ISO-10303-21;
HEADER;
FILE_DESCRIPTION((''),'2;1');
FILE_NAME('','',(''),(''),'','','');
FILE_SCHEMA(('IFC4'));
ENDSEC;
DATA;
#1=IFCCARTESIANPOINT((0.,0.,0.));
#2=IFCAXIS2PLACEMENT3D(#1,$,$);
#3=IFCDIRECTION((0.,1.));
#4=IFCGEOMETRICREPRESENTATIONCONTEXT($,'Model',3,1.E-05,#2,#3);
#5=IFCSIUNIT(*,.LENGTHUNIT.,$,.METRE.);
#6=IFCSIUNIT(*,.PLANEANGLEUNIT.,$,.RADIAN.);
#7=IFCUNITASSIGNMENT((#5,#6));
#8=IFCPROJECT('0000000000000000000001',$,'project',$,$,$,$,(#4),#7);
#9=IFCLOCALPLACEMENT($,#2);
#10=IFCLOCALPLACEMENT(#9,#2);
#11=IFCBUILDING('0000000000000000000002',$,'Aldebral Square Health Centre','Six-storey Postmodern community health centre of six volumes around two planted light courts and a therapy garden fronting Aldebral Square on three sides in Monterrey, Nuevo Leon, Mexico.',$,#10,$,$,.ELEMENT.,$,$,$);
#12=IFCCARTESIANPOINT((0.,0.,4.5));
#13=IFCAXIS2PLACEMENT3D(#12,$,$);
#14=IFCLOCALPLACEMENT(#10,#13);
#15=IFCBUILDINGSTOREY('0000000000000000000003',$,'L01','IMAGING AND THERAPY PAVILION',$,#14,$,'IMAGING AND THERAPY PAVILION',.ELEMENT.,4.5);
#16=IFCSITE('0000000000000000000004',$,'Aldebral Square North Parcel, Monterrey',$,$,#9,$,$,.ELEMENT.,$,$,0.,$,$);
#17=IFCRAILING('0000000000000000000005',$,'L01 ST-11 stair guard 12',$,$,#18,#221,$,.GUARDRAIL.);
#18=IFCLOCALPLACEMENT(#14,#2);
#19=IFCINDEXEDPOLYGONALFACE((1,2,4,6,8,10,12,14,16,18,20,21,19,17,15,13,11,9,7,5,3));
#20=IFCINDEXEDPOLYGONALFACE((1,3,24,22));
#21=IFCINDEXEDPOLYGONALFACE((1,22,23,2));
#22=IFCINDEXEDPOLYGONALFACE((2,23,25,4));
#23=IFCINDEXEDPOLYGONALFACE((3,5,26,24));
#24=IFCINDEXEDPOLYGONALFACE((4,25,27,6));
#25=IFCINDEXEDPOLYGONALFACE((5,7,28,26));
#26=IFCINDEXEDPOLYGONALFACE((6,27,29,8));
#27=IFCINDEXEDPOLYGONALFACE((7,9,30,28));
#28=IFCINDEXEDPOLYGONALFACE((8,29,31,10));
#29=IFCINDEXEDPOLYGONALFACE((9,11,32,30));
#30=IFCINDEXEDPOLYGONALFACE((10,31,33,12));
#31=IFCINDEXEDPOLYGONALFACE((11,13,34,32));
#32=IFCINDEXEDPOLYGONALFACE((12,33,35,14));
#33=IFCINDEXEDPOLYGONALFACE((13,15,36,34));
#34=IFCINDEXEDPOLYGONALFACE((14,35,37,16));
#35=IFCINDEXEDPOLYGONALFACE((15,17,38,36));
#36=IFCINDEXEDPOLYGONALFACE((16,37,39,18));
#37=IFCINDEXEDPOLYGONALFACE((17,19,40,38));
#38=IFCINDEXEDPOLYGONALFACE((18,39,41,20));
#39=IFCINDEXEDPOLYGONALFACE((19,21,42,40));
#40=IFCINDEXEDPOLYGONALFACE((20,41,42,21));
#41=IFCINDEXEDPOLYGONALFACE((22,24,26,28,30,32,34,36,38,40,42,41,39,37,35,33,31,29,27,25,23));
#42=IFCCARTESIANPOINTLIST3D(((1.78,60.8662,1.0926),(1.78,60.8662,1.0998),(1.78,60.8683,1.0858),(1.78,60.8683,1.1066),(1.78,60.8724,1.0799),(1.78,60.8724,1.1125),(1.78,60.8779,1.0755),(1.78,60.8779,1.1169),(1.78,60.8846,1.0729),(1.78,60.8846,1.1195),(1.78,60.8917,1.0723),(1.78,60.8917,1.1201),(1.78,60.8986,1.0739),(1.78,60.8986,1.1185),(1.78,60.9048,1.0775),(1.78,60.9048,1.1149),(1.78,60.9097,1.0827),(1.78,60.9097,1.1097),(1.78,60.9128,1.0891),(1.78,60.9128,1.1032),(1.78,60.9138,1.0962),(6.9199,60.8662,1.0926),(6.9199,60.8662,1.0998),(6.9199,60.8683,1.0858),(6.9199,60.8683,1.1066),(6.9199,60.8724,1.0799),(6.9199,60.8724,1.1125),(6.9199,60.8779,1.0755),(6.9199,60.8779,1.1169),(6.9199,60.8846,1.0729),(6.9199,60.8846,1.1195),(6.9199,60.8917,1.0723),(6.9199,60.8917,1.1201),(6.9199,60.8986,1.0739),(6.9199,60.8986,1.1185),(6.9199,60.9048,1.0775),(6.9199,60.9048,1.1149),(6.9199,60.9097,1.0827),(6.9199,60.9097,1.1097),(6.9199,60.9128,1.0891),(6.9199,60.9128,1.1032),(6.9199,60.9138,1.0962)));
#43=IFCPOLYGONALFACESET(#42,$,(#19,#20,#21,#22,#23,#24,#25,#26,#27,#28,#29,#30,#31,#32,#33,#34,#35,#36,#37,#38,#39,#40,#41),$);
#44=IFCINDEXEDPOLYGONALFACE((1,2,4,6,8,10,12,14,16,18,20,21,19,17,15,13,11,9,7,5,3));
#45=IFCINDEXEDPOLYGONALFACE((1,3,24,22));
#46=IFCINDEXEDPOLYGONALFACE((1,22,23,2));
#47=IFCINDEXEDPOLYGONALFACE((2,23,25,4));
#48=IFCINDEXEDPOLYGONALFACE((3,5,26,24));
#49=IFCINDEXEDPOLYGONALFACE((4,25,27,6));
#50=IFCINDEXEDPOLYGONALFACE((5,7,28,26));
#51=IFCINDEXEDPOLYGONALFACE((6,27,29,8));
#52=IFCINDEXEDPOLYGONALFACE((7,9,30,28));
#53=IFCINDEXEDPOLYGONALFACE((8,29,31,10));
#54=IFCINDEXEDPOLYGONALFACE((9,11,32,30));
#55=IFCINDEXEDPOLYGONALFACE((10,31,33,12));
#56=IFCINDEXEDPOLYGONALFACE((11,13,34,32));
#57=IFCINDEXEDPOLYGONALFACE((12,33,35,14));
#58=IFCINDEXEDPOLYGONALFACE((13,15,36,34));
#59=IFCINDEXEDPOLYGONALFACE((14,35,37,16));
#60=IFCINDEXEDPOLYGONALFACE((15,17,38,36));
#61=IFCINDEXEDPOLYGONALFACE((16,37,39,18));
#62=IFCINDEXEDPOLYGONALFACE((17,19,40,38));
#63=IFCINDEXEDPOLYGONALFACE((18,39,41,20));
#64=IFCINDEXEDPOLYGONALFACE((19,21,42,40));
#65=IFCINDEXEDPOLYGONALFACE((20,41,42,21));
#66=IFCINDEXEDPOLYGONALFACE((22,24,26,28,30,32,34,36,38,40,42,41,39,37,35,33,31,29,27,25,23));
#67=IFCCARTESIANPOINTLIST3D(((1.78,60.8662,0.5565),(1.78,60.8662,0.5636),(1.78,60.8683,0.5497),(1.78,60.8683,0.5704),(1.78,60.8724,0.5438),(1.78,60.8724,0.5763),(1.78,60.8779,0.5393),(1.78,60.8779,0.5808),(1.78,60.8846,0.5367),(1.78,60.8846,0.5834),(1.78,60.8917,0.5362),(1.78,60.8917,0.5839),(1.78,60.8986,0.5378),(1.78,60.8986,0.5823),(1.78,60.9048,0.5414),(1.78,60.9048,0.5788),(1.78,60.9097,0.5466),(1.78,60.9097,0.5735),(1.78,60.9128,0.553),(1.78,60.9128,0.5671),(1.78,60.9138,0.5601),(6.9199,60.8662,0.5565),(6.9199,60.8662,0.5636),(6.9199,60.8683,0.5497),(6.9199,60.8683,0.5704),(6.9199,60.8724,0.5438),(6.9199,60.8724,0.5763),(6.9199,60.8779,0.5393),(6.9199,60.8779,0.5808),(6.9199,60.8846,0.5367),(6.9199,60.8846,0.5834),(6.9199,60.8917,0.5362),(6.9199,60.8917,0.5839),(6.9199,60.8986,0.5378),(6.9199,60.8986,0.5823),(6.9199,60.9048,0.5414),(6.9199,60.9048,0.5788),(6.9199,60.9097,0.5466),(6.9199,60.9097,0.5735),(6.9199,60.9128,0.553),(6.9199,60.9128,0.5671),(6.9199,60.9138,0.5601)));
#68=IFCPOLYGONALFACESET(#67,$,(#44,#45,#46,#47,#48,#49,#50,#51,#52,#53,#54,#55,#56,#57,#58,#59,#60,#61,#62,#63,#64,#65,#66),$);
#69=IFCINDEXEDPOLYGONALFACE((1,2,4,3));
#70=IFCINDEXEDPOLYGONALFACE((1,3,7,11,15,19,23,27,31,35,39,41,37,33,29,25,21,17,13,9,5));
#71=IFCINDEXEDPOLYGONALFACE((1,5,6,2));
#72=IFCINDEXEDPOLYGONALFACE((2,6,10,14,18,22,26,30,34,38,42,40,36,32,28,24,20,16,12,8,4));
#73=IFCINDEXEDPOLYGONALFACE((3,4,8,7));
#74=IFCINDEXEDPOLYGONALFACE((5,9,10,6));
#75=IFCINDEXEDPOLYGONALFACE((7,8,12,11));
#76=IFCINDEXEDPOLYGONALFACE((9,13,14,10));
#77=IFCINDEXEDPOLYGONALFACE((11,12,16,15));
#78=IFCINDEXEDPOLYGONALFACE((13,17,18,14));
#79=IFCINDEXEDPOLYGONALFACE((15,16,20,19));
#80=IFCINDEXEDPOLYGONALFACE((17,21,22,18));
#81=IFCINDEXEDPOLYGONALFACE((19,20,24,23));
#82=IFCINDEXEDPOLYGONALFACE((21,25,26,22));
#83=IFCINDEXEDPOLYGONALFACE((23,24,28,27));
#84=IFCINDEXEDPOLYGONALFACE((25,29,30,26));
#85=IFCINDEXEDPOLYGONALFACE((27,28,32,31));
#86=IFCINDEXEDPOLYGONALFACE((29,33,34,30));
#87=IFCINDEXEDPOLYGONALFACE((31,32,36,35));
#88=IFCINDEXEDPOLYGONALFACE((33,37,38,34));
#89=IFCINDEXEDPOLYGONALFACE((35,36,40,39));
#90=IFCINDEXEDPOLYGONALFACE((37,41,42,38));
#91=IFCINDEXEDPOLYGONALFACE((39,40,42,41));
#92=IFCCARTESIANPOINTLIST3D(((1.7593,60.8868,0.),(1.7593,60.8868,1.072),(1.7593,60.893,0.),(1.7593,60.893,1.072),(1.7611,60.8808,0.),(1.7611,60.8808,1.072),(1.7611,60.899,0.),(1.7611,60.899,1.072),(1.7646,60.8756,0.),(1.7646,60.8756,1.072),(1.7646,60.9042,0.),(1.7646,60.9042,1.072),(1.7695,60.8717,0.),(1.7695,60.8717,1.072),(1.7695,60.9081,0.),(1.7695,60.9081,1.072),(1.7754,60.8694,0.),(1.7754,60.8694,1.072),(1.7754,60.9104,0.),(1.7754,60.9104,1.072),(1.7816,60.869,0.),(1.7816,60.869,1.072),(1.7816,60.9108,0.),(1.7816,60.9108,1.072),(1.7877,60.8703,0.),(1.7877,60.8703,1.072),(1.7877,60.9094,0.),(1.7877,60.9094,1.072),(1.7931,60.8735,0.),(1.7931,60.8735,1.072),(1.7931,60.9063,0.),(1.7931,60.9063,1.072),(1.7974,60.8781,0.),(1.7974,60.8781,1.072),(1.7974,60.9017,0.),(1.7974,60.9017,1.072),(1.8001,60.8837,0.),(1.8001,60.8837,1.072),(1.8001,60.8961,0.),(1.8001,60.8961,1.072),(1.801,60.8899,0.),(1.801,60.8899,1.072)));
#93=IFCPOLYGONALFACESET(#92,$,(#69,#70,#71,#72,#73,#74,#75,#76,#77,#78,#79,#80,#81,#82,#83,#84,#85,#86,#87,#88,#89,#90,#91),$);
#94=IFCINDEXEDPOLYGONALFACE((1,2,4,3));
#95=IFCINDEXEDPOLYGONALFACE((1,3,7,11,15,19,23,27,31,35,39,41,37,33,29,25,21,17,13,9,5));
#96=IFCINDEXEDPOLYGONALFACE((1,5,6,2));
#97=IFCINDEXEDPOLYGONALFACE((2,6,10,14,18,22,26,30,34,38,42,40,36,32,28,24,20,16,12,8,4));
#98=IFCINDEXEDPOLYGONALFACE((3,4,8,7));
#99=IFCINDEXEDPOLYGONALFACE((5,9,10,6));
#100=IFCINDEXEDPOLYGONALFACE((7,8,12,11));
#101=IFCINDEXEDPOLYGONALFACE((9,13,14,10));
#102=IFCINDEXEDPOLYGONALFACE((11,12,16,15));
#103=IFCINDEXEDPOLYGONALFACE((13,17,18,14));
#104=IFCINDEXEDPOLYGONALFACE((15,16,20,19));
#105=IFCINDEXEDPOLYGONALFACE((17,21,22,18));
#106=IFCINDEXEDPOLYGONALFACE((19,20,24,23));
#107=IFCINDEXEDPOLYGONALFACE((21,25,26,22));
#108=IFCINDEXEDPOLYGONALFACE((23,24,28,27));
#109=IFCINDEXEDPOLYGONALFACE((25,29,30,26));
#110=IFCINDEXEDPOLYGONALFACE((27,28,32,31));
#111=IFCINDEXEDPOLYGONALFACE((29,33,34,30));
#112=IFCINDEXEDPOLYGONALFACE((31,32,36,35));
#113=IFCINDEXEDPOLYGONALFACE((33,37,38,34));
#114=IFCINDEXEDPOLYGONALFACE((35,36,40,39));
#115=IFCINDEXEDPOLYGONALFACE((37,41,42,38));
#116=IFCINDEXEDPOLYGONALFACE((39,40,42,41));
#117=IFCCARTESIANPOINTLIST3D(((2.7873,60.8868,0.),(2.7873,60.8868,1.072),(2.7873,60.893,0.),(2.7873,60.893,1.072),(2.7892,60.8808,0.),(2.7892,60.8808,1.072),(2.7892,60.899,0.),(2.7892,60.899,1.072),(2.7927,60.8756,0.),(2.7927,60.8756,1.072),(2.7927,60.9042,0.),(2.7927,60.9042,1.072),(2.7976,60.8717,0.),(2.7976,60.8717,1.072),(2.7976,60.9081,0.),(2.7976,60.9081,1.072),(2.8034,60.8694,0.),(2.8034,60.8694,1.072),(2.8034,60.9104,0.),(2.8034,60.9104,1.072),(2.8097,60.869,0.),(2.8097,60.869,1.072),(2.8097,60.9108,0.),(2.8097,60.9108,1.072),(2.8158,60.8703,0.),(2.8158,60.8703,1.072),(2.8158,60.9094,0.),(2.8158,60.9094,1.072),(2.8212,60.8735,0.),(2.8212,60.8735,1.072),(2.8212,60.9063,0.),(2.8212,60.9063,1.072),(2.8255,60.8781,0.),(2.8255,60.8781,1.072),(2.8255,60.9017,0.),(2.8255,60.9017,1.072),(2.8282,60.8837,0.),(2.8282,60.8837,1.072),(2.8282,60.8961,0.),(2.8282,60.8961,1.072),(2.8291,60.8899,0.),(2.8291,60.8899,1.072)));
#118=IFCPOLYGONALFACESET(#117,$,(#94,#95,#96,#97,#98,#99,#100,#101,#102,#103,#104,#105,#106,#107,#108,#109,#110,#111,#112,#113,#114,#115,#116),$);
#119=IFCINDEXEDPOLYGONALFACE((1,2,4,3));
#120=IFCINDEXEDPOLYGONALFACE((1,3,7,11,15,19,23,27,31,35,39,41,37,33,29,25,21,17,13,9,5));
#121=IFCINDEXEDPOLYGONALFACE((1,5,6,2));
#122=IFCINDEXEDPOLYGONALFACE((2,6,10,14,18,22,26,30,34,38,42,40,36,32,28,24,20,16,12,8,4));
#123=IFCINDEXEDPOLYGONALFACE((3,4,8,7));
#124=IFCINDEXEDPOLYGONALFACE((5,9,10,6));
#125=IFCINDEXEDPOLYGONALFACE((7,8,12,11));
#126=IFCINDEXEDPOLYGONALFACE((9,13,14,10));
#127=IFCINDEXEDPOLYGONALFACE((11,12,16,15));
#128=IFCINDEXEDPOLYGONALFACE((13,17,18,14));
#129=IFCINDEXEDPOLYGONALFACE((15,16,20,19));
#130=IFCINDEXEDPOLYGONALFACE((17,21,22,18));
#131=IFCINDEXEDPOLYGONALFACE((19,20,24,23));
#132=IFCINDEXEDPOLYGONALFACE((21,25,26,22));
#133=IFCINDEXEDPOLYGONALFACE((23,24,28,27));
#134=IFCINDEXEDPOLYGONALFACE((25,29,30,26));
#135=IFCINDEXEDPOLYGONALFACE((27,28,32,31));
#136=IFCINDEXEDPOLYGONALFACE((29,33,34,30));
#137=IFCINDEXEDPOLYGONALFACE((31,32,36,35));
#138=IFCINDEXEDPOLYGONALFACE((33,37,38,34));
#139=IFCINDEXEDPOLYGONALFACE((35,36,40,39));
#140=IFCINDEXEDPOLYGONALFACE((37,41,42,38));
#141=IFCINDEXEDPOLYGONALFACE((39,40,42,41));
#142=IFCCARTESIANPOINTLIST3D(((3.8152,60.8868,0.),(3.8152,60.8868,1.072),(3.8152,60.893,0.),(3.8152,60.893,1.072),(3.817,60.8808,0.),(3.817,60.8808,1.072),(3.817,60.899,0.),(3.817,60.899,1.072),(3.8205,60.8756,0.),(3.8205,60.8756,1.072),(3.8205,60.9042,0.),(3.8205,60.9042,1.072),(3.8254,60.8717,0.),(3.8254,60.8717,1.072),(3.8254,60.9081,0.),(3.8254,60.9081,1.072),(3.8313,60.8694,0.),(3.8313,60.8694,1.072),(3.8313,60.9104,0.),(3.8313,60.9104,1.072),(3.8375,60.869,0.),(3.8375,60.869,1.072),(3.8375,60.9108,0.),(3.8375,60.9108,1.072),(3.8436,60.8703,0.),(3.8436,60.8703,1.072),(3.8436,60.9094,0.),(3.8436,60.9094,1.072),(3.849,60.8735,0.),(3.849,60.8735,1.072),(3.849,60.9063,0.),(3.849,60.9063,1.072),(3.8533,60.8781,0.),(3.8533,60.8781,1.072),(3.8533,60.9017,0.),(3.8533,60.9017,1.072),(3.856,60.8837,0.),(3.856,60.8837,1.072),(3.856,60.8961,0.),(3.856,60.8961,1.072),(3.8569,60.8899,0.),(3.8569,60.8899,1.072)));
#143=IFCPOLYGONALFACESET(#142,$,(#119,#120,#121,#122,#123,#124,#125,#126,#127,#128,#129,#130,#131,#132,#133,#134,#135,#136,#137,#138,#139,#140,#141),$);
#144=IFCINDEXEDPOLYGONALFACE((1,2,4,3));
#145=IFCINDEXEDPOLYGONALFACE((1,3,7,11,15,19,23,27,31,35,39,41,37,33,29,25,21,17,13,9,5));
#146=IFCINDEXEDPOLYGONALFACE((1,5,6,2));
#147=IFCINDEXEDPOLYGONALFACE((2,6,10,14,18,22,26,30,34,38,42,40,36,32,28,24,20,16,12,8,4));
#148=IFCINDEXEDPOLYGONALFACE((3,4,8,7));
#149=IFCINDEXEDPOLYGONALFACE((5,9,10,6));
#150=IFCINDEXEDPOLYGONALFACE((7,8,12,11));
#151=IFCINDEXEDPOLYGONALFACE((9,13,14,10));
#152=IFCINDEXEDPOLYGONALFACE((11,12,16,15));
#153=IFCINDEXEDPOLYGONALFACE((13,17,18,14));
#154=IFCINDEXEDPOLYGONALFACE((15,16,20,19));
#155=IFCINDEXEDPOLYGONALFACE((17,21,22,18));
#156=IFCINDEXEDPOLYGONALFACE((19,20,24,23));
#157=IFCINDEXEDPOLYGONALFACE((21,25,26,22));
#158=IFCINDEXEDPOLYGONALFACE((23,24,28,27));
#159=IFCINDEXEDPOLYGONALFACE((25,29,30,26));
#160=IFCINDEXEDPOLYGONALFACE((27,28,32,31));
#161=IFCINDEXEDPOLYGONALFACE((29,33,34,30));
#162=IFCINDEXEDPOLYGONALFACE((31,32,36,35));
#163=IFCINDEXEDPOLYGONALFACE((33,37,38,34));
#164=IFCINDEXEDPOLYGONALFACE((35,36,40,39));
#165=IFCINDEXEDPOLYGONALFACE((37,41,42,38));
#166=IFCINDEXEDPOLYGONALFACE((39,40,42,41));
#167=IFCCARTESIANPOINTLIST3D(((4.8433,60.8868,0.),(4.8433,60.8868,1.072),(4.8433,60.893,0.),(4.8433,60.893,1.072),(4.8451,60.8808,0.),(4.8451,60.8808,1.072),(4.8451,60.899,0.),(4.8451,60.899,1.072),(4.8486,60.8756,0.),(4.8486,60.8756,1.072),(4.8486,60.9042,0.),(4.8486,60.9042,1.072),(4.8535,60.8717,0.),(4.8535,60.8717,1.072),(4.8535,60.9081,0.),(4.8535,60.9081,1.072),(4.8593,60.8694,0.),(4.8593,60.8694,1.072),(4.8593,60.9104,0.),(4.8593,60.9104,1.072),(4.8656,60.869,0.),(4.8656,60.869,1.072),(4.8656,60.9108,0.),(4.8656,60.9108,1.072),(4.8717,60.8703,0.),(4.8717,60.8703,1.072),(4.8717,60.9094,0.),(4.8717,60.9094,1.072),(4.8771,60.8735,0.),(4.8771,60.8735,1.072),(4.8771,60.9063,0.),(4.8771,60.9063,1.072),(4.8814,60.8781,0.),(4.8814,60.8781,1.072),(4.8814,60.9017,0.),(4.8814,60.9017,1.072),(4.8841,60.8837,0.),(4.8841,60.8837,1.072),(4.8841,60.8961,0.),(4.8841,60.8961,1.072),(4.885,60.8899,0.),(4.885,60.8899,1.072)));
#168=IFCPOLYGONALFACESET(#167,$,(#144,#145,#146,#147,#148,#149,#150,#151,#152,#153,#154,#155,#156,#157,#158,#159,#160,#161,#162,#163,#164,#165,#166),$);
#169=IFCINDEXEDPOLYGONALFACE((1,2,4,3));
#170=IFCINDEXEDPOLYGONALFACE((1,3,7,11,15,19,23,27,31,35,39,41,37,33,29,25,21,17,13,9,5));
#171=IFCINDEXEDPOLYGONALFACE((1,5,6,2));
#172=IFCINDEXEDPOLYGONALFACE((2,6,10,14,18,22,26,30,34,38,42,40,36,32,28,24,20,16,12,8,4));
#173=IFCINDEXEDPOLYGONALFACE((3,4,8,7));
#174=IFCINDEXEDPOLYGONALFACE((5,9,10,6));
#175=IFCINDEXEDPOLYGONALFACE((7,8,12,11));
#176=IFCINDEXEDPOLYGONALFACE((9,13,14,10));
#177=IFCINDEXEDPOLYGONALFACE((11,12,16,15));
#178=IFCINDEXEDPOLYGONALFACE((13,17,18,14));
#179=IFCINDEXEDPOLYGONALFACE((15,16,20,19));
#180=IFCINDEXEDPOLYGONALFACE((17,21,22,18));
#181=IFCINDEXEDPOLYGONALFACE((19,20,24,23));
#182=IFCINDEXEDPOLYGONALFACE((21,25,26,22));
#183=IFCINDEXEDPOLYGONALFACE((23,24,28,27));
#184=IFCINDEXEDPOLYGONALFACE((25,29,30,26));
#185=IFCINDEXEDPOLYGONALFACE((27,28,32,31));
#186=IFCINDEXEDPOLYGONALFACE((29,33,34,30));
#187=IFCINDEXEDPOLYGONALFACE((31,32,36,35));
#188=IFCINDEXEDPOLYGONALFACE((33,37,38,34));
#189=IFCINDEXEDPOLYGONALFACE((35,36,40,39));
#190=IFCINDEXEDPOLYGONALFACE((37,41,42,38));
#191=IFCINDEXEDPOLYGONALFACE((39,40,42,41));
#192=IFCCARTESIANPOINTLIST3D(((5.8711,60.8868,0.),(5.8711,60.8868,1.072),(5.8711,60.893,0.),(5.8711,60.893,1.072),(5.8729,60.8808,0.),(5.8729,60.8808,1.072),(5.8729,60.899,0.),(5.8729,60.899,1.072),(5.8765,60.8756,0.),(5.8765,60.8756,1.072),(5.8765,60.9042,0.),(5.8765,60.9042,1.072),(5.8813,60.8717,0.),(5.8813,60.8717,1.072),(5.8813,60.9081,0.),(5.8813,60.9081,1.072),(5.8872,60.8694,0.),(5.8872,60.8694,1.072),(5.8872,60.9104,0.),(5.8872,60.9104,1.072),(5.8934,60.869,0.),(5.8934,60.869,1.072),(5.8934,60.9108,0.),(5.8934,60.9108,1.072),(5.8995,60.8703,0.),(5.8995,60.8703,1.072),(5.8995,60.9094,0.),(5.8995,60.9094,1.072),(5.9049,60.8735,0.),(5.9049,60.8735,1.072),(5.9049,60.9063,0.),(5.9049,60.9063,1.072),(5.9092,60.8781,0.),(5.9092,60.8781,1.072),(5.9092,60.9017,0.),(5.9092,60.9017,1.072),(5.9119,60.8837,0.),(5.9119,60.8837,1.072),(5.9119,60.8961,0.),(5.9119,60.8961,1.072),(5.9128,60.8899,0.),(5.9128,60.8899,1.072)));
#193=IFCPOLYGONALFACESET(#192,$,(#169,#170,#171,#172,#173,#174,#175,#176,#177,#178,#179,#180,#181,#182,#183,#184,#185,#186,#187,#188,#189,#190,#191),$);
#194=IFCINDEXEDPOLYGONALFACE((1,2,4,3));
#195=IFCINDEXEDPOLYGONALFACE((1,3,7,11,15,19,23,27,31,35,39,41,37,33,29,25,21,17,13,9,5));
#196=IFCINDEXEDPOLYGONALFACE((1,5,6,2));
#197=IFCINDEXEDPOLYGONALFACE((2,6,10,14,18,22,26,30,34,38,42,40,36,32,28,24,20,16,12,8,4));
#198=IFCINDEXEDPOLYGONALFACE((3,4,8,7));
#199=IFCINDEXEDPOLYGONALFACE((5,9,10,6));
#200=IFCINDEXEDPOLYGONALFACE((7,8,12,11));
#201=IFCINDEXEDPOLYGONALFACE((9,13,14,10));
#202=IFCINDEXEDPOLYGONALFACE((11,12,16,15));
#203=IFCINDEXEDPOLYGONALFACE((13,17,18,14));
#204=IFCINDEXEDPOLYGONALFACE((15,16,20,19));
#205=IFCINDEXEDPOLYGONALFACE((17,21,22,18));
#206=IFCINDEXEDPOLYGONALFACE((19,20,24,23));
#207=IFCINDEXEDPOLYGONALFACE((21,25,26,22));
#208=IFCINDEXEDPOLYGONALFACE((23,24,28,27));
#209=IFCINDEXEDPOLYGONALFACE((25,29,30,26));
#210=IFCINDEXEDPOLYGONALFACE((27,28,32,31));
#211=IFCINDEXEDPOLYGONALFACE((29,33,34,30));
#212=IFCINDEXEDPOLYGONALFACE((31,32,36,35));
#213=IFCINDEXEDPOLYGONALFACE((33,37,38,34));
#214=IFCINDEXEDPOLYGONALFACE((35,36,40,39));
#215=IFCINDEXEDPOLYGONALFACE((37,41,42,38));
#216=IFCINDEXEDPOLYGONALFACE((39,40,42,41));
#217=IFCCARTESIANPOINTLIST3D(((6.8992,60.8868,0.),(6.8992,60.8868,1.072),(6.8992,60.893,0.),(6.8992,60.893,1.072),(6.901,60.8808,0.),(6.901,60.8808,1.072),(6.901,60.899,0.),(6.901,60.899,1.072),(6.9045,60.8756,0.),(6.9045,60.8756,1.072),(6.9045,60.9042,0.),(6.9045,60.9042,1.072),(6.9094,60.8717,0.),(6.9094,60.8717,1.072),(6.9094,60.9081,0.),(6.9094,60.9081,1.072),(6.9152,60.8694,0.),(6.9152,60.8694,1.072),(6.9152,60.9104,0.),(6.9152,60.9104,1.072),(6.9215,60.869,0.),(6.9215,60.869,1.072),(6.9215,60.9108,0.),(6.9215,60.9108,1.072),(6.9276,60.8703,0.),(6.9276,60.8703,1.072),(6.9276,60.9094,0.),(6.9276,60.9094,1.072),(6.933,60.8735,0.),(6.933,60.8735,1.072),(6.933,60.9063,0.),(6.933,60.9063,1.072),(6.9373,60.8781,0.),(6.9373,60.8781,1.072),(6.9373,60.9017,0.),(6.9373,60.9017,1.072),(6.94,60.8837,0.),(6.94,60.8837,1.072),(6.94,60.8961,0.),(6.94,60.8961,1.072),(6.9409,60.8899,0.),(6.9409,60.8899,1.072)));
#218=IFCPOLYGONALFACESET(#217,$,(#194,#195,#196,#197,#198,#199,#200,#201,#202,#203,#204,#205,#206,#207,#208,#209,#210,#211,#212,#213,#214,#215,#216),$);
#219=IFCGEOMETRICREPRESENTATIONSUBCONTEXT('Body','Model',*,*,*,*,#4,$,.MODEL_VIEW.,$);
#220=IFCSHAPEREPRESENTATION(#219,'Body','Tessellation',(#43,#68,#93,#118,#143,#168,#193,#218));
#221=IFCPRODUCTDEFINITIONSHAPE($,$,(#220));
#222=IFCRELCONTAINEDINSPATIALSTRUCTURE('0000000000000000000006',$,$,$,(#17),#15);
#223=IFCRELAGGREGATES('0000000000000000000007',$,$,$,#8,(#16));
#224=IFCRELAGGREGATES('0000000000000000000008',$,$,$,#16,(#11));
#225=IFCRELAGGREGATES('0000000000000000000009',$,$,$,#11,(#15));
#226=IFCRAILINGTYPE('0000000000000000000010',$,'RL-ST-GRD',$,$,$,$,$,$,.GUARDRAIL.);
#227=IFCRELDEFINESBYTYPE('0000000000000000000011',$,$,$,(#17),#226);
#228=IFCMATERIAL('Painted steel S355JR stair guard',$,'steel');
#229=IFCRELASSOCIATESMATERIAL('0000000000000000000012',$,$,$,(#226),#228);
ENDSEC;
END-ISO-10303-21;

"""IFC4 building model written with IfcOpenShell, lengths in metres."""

from ifc_helpers import new_model, si_unit, direction, frame, origin, origin_2d, place, context, subcontext, project, spatial, circle, extrude, material, type_object, element, save


model = new_model("IFC4")

# Units and contexts
model_context = context("Model", 3, precision=1e-05, world=origin(), true_north=direction((0.0, 1.0)))
body_context = subcontext(model_context, "Body", "Model", "MODEL_VIEW")
ifc_project = project(units=[si_unit("LENGTHUNIT", "METRE"), si_unit("PLANEANGLEUNIT", "RADIAN")], contexts=[model_context])

# Site, building, storey
site_placement = place(None, origin())
site = spatial("IfcSite", under=ifc_project, at=site_placement, Name="Aldebral Square North Parcel, Monterrey", CompositionType="ELEMENT", RefElevation=0.0)
building_placement = place(site_placement, origin())
building = spatial("IfcBuilding", under=site, at=building_placement, Name="Aldebral Square Health Centre", Description="Six-storey Postmodern community health centre of six volumes around two planted light courts and a therapy garden fronting Aldebral Square on three sides in Monterrey, Nuevo Leon, Mexico.", CompositionType="ELEMENT")
storey_placement = place(building_placement, frame((0.0, 0.0, 4.5)))
storey = spatial("IfcBuildingStorey", under=building, at=storey_placement, Name="L01", Description="IMAGING AND THERAPY PAVILION", LongName="IMAGING AND THERAPY PAVILION", CompositionType="ELEMENT", Elevation=4.5)

# Railing
ifc_material_1 = material(Name="Painted steel S355JR stair guard", Category="steel")
railing_type_1 = type_object("IfcRailingType", Name="RL-ST-GRD", PredefinedType="GUARDRAIL", material=ifc_material_1)
railing_1_placement = place(storey_placement, frame((1.78, 60.8899, 0.0)))
element("IfcRailing", 1, at=railing_1_placement, inside=storey, type_object=railing_type_1, Name="L01 ST-11 stair guard 12", PredefinedType="GUARDRAIL", context=body_context, shape_type="SweptSolid", body=[
    extrude(circle(Radius=0.0239, at=origin_2d()), frame((0.0, 0.0, 1.0962), z_axis=(1.0, 0.0, 0.0), x_axis=(0.0, 1.0, 0.0)), (0.0, 0.0, 1.0), 5.1399),
    extrude(circle(Radius=0.0239, at=origin_2d()), frame((0.0, 0.0, 0.5601), z_axis=(1.0, 0.0, 0.0), x_axis=(0.0, 1.0, 0.0)), (0.0, 0.0, 1.0), 5.1399),
    extrude(circle(Radius=0.021, at=origin_2d()), origin(), (0.0, 0.0, 1.0), 1.072),
    extrude(circle(Radius=0.021, at=origin_2d()), frame((1.0281, 0.0, 0.0)), (0.0, 0.0, 1.0), 1.072),
    extrude(circle(Radius=0.021, at=origin_2d()), frame((2.0559, 0.0, 0.0)), (0.0, 0.0, 1.0), 1.072),
    extrude(circle(Radius=0.021, at=origin_2d()), frame((3.084, 0.0, 0.0)), (0.0, 0.0, 1.0), 1.072),
    extrude(circle(Radius=0.021, at=origin_2d()), frame((4.1118, 0.0, 0.0)), (0.0, 0.0, 1.0), 1.072),
    extrude(circle(Radius=0.021, at=origin_2d()), frame((5.1399, 0.0, 0.0)), (0.0, 0.0, 1.0), 1.072),
])

save(model, "model.ifc")
